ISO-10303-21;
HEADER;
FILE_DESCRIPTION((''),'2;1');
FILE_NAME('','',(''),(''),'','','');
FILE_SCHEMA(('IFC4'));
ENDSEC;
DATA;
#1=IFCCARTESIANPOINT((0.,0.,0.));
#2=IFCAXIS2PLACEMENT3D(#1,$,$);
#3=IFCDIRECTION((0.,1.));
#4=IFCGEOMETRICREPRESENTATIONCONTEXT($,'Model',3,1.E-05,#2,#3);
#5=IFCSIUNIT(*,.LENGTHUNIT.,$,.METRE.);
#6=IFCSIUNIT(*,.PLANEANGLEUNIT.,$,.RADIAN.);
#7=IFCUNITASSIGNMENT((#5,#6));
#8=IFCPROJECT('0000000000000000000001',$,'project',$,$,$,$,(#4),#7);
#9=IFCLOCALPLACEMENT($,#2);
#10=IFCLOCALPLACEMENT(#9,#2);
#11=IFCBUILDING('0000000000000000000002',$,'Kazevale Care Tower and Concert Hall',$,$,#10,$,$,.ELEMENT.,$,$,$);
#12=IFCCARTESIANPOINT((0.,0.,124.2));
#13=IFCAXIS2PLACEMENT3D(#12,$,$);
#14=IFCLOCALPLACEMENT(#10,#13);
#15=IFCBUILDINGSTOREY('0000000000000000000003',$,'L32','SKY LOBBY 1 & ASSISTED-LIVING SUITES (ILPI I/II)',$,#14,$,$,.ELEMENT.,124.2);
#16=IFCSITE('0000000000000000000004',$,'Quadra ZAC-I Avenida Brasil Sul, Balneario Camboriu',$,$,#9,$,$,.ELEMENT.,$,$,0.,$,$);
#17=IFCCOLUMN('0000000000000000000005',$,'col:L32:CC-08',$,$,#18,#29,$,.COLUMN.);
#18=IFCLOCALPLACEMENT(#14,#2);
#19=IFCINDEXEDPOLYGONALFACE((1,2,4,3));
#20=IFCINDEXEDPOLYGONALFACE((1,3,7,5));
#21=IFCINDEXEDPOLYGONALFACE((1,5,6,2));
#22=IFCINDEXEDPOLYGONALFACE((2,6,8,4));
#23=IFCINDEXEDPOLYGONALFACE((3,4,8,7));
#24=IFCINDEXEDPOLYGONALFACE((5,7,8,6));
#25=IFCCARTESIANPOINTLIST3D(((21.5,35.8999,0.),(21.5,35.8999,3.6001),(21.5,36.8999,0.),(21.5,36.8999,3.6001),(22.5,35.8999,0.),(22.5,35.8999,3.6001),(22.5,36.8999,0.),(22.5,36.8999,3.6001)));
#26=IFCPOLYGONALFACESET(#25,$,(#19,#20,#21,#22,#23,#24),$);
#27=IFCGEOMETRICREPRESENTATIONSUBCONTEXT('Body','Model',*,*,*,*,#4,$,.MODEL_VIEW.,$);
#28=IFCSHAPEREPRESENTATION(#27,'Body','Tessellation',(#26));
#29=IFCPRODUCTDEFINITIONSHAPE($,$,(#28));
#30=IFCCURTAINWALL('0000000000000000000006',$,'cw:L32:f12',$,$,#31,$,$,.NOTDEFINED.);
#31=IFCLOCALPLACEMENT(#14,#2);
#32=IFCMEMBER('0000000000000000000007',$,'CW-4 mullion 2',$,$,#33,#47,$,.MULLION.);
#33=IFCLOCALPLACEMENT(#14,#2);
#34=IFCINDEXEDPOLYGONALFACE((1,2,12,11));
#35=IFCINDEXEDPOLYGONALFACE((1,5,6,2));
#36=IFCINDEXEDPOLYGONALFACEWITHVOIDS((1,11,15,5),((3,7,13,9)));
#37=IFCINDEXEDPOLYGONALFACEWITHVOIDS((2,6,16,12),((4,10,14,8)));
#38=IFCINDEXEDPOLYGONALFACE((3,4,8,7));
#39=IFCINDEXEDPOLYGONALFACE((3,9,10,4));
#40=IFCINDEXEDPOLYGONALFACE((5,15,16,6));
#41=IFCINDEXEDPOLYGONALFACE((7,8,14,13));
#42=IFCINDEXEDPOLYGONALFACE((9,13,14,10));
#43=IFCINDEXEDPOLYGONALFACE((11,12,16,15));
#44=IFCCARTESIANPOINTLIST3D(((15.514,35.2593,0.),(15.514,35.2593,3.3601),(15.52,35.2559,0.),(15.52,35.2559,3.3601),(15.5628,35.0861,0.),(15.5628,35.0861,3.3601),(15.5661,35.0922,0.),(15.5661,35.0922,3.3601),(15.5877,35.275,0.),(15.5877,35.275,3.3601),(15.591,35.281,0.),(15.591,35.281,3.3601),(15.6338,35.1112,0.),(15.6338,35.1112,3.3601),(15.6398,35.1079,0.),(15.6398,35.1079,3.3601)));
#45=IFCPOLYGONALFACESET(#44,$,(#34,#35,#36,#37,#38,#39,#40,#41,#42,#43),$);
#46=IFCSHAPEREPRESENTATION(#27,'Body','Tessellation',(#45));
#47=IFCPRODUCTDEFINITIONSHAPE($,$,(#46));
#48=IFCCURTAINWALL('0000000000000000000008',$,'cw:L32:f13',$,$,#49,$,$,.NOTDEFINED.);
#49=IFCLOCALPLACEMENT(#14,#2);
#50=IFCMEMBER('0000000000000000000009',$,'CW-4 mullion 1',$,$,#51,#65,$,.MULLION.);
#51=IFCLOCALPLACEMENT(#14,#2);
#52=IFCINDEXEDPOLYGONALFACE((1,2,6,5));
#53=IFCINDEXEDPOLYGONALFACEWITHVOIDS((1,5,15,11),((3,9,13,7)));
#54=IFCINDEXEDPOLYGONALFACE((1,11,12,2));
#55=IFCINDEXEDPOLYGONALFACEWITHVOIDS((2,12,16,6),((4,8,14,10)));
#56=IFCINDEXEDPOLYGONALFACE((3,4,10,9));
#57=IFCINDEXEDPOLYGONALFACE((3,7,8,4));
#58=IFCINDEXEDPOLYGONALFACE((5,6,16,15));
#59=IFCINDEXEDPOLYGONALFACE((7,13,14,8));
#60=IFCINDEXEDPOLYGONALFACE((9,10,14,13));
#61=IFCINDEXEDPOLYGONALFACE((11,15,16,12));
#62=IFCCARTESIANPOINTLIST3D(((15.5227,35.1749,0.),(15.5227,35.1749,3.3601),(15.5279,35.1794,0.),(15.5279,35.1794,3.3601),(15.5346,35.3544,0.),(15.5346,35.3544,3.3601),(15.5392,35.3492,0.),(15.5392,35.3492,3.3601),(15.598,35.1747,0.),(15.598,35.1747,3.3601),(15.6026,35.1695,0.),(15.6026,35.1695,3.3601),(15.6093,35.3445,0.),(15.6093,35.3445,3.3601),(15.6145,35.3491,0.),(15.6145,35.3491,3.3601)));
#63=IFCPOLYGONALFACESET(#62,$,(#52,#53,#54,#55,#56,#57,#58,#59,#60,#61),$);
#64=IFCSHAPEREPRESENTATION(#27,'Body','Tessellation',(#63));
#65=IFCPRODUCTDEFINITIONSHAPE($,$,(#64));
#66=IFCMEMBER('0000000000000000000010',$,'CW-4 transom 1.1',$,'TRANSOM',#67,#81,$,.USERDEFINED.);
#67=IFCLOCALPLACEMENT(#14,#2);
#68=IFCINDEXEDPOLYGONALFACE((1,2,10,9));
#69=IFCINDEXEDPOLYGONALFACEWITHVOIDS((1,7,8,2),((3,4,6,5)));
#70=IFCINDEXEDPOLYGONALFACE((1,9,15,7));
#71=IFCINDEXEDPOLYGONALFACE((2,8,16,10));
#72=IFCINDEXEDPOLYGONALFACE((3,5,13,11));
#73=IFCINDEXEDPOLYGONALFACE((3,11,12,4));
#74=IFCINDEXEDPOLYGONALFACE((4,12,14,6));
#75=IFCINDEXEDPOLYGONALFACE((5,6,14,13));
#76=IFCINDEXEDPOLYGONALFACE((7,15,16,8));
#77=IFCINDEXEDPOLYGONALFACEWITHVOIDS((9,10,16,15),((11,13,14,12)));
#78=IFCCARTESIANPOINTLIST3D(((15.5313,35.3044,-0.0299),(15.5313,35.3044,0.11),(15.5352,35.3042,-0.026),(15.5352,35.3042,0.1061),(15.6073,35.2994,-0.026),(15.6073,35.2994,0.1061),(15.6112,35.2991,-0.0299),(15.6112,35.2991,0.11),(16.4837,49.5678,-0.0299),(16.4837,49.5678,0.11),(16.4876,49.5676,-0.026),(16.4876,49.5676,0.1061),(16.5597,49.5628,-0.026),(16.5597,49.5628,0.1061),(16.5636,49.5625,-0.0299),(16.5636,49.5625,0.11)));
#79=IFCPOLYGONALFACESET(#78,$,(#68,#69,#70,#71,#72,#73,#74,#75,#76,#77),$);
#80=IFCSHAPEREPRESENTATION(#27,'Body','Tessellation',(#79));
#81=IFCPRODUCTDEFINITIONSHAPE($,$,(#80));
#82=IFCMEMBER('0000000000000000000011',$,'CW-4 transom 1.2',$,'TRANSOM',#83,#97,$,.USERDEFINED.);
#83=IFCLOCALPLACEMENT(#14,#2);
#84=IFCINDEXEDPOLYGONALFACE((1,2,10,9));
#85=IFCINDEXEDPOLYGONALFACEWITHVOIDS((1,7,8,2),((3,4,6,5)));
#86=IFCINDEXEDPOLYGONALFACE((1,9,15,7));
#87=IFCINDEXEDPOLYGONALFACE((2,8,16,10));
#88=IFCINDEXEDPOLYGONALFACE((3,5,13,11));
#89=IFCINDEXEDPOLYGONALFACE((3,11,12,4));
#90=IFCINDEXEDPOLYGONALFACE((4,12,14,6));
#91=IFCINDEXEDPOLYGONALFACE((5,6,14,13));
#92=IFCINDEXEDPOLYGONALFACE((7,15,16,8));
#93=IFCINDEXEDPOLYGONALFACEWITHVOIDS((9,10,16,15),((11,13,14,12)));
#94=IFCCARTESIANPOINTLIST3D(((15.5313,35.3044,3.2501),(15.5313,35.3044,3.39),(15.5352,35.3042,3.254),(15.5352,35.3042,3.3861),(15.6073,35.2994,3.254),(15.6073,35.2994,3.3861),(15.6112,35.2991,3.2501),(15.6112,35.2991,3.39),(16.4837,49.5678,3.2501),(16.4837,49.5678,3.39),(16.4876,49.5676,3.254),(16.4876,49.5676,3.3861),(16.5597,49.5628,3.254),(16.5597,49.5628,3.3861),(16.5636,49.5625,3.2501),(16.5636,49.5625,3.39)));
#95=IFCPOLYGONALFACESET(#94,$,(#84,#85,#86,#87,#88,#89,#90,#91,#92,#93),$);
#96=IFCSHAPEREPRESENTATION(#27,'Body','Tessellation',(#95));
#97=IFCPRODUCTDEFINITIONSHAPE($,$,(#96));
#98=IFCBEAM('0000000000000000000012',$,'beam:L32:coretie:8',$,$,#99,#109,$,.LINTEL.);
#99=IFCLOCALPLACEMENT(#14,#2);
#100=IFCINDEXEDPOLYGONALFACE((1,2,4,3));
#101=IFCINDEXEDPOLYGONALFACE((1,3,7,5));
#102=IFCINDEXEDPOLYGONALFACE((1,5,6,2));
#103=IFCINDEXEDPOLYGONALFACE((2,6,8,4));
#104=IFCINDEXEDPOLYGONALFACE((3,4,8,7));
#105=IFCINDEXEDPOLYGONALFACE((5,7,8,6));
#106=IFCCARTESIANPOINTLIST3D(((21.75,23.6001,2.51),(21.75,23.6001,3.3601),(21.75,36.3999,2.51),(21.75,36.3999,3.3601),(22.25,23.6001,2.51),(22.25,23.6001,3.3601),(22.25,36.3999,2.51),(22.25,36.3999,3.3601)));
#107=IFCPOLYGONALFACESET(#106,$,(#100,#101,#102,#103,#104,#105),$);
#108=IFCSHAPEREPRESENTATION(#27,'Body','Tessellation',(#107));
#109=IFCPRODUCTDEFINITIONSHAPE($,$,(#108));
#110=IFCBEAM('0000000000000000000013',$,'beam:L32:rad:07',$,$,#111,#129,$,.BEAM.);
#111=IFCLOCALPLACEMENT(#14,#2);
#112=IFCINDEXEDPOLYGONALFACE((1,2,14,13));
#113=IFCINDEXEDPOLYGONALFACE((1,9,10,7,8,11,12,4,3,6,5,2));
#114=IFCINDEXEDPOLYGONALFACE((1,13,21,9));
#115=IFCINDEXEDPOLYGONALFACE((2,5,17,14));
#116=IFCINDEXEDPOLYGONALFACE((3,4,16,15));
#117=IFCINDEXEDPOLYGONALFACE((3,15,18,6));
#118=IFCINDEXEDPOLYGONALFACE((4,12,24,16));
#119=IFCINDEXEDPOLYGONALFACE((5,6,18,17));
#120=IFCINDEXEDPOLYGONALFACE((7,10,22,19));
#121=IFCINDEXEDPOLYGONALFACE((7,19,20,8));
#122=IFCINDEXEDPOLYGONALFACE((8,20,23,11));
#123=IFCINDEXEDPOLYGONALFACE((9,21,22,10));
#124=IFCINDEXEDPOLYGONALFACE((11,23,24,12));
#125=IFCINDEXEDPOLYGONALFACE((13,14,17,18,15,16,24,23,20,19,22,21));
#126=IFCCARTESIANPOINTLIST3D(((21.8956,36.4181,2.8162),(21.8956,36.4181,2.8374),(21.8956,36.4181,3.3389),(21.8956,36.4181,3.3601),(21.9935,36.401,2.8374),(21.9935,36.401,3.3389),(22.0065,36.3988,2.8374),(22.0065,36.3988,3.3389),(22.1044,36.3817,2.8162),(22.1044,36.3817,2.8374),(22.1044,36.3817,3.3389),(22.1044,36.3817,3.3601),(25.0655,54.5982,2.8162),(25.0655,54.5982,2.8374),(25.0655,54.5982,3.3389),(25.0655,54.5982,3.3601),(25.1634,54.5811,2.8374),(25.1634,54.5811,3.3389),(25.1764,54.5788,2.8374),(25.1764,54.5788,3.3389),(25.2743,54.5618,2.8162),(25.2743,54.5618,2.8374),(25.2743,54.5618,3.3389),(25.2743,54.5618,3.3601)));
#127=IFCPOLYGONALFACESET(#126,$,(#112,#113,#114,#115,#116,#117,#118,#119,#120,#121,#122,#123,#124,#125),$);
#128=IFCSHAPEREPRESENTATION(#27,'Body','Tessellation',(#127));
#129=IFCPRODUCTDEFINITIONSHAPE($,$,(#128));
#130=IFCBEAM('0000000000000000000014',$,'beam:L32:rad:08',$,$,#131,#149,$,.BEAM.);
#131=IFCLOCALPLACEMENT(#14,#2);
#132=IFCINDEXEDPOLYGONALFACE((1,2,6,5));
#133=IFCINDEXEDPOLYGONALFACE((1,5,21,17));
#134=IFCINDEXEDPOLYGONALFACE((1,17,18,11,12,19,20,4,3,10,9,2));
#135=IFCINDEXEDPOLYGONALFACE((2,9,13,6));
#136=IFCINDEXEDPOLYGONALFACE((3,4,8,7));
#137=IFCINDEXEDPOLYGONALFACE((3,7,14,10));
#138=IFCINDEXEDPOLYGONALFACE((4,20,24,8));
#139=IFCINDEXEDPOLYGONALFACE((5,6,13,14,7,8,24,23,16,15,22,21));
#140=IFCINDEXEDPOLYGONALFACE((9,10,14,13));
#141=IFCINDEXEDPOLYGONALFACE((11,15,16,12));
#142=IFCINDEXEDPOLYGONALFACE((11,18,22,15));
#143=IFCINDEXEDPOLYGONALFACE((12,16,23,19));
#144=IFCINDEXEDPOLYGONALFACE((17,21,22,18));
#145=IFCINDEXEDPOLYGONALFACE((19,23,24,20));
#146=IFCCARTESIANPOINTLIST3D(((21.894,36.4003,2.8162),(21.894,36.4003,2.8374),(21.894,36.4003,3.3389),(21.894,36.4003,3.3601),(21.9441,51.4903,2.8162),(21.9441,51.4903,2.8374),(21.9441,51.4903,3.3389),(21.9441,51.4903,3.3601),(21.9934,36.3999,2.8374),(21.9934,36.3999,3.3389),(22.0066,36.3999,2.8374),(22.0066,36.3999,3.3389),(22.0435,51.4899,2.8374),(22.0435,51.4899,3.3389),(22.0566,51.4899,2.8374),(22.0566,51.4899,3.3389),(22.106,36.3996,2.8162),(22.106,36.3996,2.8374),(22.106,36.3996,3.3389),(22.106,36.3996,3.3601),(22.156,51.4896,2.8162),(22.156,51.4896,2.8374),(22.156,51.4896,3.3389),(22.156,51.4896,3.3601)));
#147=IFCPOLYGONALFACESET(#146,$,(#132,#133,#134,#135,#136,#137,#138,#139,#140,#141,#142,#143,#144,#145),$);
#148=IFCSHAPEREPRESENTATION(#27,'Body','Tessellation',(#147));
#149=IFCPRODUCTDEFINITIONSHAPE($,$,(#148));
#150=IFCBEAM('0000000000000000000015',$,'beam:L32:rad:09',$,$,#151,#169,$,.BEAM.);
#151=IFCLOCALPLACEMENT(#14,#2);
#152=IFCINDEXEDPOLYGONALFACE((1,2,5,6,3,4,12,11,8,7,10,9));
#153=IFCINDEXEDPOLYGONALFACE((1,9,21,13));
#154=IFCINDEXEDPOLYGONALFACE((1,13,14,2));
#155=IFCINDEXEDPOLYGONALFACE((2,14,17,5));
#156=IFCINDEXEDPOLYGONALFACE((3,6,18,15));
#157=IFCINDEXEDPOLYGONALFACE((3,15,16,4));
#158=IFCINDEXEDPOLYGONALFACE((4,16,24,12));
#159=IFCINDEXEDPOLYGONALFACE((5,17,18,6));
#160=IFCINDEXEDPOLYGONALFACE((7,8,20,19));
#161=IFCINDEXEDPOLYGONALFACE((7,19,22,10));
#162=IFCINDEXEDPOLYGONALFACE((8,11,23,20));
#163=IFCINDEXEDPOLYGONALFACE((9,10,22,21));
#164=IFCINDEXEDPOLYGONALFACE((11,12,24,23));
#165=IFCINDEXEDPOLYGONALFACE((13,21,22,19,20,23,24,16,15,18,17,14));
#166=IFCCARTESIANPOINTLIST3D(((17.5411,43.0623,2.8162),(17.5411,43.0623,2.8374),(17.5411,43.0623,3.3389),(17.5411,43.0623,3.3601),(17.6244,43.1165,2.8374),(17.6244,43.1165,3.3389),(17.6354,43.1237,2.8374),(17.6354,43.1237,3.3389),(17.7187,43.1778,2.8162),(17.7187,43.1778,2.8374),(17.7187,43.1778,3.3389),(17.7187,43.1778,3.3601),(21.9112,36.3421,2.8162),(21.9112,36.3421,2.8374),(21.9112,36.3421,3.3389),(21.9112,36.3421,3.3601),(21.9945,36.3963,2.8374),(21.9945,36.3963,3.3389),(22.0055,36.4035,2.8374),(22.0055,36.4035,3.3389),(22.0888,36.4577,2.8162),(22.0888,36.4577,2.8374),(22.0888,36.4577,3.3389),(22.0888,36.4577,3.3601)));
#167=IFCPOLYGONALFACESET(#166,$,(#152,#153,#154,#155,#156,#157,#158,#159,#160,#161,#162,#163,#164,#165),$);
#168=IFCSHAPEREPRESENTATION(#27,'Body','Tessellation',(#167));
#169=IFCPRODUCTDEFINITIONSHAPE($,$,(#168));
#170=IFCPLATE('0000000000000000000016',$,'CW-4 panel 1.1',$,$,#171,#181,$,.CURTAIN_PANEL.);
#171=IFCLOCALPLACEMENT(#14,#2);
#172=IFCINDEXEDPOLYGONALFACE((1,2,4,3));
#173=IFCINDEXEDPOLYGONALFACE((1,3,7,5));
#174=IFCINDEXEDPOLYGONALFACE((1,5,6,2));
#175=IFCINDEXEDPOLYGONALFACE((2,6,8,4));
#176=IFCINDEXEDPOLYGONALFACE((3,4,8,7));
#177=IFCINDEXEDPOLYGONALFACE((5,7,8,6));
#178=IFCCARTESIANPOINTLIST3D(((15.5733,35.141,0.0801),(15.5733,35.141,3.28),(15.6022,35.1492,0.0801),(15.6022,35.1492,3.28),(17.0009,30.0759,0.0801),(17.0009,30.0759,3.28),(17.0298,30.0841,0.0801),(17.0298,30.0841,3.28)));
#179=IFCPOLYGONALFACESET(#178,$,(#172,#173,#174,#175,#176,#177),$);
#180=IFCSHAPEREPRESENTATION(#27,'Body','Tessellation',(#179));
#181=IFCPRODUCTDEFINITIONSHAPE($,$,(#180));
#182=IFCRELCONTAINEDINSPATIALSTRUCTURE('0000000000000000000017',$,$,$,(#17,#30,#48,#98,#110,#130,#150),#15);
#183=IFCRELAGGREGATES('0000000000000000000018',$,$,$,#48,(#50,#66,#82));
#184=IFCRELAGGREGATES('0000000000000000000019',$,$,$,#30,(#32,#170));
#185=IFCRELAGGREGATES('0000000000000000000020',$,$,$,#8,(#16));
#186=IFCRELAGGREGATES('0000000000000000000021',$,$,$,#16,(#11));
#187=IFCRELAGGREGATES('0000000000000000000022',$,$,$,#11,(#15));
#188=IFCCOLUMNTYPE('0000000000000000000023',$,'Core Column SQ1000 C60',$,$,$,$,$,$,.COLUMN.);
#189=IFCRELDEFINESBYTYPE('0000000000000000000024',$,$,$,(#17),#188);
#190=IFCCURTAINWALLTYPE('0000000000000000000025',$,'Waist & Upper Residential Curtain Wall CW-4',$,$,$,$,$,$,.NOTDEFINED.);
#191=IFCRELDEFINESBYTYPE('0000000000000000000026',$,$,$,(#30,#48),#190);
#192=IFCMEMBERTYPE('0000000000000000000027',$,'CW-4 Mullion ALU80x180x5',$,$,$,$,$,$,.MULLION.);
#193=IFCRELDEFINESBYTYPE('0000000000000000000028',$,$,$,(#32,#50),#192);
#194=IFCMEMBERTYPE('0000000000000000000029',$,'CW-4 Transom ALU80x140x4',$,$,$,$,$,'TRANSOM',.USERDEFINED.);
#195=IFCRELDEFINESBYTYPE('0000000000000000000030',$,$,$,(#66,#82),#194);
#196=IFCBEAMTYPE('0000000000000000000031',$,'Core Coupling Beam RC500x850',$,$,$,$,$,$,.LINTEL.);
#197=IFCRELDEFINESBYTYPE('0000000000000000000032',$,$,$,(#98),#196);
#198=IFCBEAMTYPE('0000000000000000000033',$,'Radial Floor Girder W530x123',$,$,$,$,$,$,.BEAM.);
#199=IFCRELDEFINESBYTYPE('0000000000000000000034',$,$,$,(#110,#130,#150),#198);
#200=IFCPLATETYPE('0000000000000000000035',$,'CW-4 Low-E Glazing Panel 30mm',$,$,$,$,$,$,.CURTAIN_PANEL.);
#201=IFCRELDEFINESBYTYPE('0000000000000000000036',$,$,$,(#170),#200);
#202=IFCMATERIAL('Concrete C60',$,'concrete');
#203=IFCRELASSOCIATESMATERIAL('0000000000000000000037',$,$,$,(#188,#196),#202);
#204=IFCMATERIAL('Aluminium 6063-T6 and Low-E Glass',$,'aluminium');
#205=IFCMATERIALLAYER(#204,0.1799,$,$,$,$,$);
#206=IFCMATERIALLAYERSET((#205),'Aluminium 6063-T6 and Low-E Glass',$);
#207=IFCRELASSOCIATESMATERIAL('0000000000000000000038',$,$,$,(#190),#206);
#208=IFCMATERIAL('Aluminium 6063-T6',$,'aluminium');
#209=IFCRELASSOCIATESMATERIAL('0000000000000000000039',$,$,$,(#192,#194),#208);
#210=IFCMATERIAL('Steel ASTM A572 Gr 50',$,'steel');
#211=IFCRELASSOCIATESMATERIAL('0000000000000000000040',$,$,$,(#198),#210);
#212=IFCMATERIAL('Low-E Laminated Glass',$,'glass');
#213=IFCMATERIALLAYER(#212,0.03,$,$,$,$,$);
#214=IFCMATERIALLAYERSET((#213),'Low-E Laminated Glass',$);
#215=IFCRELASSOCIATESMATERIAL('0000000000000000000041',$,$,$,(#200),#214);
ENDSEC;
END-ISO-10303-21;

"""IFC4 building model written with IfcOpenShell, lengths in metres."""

from ifc_helpers import new_model, si_unit, direction, frame, origin, origin_2d, place, context, subcontext, project, spatial, rectangle, hollow_rectangle, i_section, extrude, material, layer, layer_set, material_profile, profile_set, type_object, element, aggregate, save


model = new_model("IFC4")

# Units and contexts
model_context = context("Model", 3, precision=1e-05, world=origin(), true_north=direction((0.0, 1.0)))
body_context = subcontext(model_context, "Body", "Model", "MODEL_VIEW")
ifc_project = project(units=[si_unit("LENGTHUNIT", "METRE"), si_unit("PLANEANGLEUNIT", "RADIAN")], contexts=[model_context])

# Site, building, storey
site_placement = place(None, origin())
site = spatial("IfcSite", under=ifc_project, at=site_placement, Name="Quadra ZAC-I Avenida Brasil Sul, Balneario Camboriu", CompositionType="ELEMENT", RefElevation=0.0)
building_placement = place(site_placement, origin())
building = spatial("IfcBuilding", under=site, at=building_placement, Name="Kazevale Care Tower and Concert Hall", CompositionType="ELEMENT")
storey_placement = place(building_placement, frame((0.0, 0.0, 124.2)))
storey = spatial("IfcBuildingStorey", under=building, at=storey_placement, Name="L32", Description="SKY LOBBY 1 & ASSISTED-LIVING SUITES (ILPI I/II)", CompositionType="ELEMENT", Elevation=124.2)

# Column
ifc_material_1 = material(Name="Concrete C60", Category="concrete")
ifc_material_profile_1 = material_profile(ifc_material_1, rectangle(XDim=1.0, YDim=1.0, at=origin_2d()), Name="RC-SQ1000")
ifc_profile_set_1 = profile_set([ifc_material_profile_1], Name="Concrete C60")
column_type = type_object("IfcColumnType", Name="Core Column SQ1000 C60", PredefinedType="COLUMN", material=ifc_profile_set_1)
column_placement = place(storey_placement, frame((22.0, 36.3999, 0.0), z_axis=(0.0, 0.0, 1.0), x_axis=(1.0, 0.0, 0.0)))
element("IfcColumn", 1, at=column_placement, inside=storey, type_object=column_type, Name="col:L32:CC-08", PredefinedType="COLUMN", context=body_context, shape_type="SweptSolid", body=[
    extrude(rectangle(XDim=1.0, YDim=1.0, at=origin_2d()), origin(), (0.0, 0.0, 1.0), 3.6001),
])

# Curtain wall, member
ifc_material_2 = material(Name="Aluminium 6063-T6 and Low-E Glass", Category="aluminium")
ifc_layer_1 = layer(ifc_material_2, 0.1799)
ifc_layer_set_1 = layer_set([ifc_layer_1], Name="Aluminium 6063-T6 and Low-E Glass")
curtain_wall_type = type_object("IfcCurtainWallType", Name="Waist & Upper Residential Curtain Wall CW-4", PredefinedType="NOTDEFINED", material=ifc_layer_set_1)
curtain_wall_1_placement = place(storey_placement, origin())
curtain_wall_1 = element("IfcCurtainWall", 2, at=curtain_wall_1_placement, inside=storey, type_object=curtain_wall_type, Name="cw:L32:f12", PredefinedType="NOTDEFINED")
ifc_material_3 = material(Name="Aluminium 6063-T6", Category="aluminium")
ifc_material_profile_2 = material_profile(ifc_material_3, hollow_rectangle(XDim=0.0801, YDim=0.1799, WallThickness=0.0049, at=origin_2d()), Name="ALU80x180x5")
ifc_profile_set_2 = profile_set([ifc_material_profile_2], Name="Aluminium 6063-T6")
member_type_1 = type_object("IfcMemberType", Name="CW-4 Mullion ALU80x180x5", PredefinedType="MULLION", material=ifc_profile_set_2)
member_1_placement = place(storey_placement, frame((15.5769, 35.1836, 0.0), z_axis=(0.0, 0.0, 1.0), x_axis=(-0.962499, -0.271285, 0.0)))
member_1 = element("IfcMember", 3, at=member_1_placement, type_object=member_type_1, Name="CW-4 mullion 2", PredefinedType="MULLION", context=body_context, shape_type="SweptSolid", body=[
    extrude(hollow_rectangle(XDim=0.0801, YDim=0.1799, WallThickness=0.0049, at=origin_2d()), origin(), (0.0, 0.0, 1.0), 3.3601),
])

# Curtain wall, members
curtain_wall_2_placement = place(storey_placement, origin())
curtain_wall_2 = element("IfcCurtainWall", 4, at=curtain_wall_2_placement, inside=storey, type_object=curtain_wall_type, Name="cw:L32:f13", PredefinedType="NOTDEFINED")
member_2_placement = place(storey_placement, frame((15.5686, 35.262, 0.0), z_axis=(0.0, 0.0, 1.0), x_axis=(-0.997778, 0.06662, 0.0)))
member_2 = element("IfcMember", 5, at=member_2_placement, type_object=member_type_1, Name="CW-4 mullion 1", PredefinedType="MULLION", context=body_context, shape_type="SweptSolid", body=[
    extrude(hollow_rectangle(XDim=0.0801, YDim=0.1799, WallThickness=0.0049, at=origin_2d()), origin(), (0.0, 0.0, 1.0), 3.3601),
])
ifc_material_profile_3 = material_profile(ifc_material_3, hollow_rectangle(XDim=0.0801, YDim=0.1399, WallThickness=0.0039, at=origin_2d()), Name="ALU80x140x4")
ifc_profile_set_3 = profile_set([ifc_material_profile_3], Name="Aluminium 6063-T6")
member_type_2 = type_object("IfcMemberType", Name="CW-4 Transom ALU80x140x4", ElementType="TRANSOM", PredefinedType="USERDEFINED", material=ifc_profile_set_3)
member_3_placement = place(storey_placement, frame((15.5713, 35.3018, 0.04), z_axis=(0.066623, 0.997778, 0.0), x_axis=(-0.997778, 0.066623, 0.0)))
member_3 = element("IfcMember", 6, at=member_3_placement, type_object=member_type_2, Name="CW-4 transom 1.1", ObjectType="TRANSOM", PredefinedType="USERDEFINED", context=body_context, shape_type="SweptSolid", body=[
    extrude(hollow_rectangle(XDim=0.0801, YDim=0.1399, WallThickness=0.0039, at=origin_2d()), origin(), (0.0, 0.0, 1.0), 14.2952),
])
member_4_placement = place(storey_placement, frame((15.5713, 35.3018, 3.3201), z_axis=(0.066623, 0.997778, 0.0), x_axis=(-0.997778, 0.066623, 0.0)))
member_4 = element("IfcMember", 7, at=member_4_placement, type_object=member_type_2, Name="CW-4 transom 1.2", ObjectType="TRANSOM", PredefinedType="USERDEFINED", context=body_context, shape_type="SweptSolid", body=[
    extrude(hollow_rectangle(XDim=0.0801, YDim=0.1399, WallThickness=0.0039, at=origin_2d()), origin(), (0.0, 0.0, 1.0), 14.2952),
])
aggregate(curtain_wall_2, [member_2, member_3, member_4])

# Beams
ifc_material_profile_4 = material_profile(ifc_material_1, rectangle(XDim=0.5, YDim=0.8501, at=origin_2d()), Name="RC-B500x850")
ifc_profile_set_4 = profile_set([ifc_material_profile_4], Name="Concrete C60")
beam_type_1 = type_object("IfcBeamType", Name="Core Coupling Beam RC500x850", PredefinedType="LINTEL", material=ifc_profile_set_4)
beam_1_placement = place(storey_placement, frame((22.0, 36.3999, 2.9351), z_axis=(0.0, -1.0, 0.0), x_axis=(1.0, 0.0, 0.0)))
element("IfcBeam", 8, at=beam_1_placement, inside=storey, type_object=beam_type_1, Name="beam:L32:coretie:8", PredefinedType="LINTEL", context=body_context, shape_type="SweptSolid", body=[
    extrude(rectangle(XDim=0.5, YDim=0.8501, at=origin_2d()), origin(), (0.0, 0.0, 1.0), 12.7998),
])
ifc_material_4 = material(Name="Steel ASTM A572 Gr 50", Category="steel")
ifc_material_profile_5 = material_profile(ifc_material_4, i_section(OverallWidth=0.2119, OverallDepth=0.5439, WebThickness=0.0132, FlangeThickness=0.0212, at=origin_2d()), Name="W530x123")
ifc_profile_set_5 = profile_set([ifc_material_profile_5], Name="Steel ASTM A572 Gr 50")
beam_type_2 = type_object("IfcBeamType", Name="Radial Floor Girder W530x123", PredefinedType="BEAM", material=ifc_profile_set_5)
beam_2_placement = place(storey_placement, frame((22.0, 36.3999, 3.0881), z_axis=(0.17177, 0.985137, 0.0), x_axis=(-0.985137, 0.17177, 0.0)))
element("IfcBeam", 9, at=beam_2_placement, inside=storey, type_object=beam_type_2, Name="beam:L32:rad:07", PredefinedType="BEAM", context=body_context, shape_type="SweptSolid", body=[
    extrude(i_section(OverallWidth=0.2119, OverallDepth=0.5439, WebThickness=0.0132, FlangeThickness=0.0212, at=origin_2d()), origin(), (0.0, 0.0, 1.0), 18.4543),
])
beam_3_placement = place(storey_placement, frame((22.0, 36.3999, 3.0881), z_axis=(0.003317, 0.999994, 0.0), x_axis=(-0.999994, 0.003317, 0.0)))
element("IfcBeam", 10, at=beam_3_placement, inside=storey, type_object=beam_type_2, Name="beam:L32:rad:08", PredefinedType="BEAM", context=body_context, shape_type="SweptSolid", body=[
    extrude(i_section(OverallWidth=0.2119, OverallDepth=0.5439, WebThickness=0.0132, FlangeThickness=0.0212, at=origin_2d()), origin(), (0.0, 0.0, 1.0), 15.0901),
])
beam_4_placement = place(storey_placement, frame((22.0, 36.3999, 3.0881), z_axis=(-0.545162, 0.838331, 0.0), x_axis=(-0.838331, -0.545162, 0.0)))
element("IfcBeam", 11, at=beam_4_placement, inside=storey, type_object=beam_type_2, Name="beam:L32:rad:09", PredefinedType="BEAM", context=body_context, shape_type="SweptSolid", body=[
    extrude(i_section(OverallWidth=0.2119, OverallDepth=0.5439, WebThickness=0.0132, FlangeThickness=0.0212, at=origin_2d()), origin(), (0.0, 0.0, 1.0), 8.0161),
])

# Plate
ifc_material_5 = material(Name="Low-E Laminated Glass", Category="glass")
ifc_layer_2 = layer(ifc_material_5, 0.03)
ifc_layer_set_2 = layer_set([ifc_layer_2], Name="Low-E Laminated Glass")
plate_type = type_object("IfcPlateType", Name="CW-4 Low-E Glazing Panel 30mm", PredefinedType="CURTAIN_PANEL", material=ifc_layer_set_2)
plate_placement = place(storey_placement, frame((16.3015, 32.6125, 0.0801), z_axis=(0.0, 0.0, 1.0), x_axis=(-0.271285, 0.962499, 0.0)))
plate = element("IfcPlate", 12, at=plate_placement, type_object=plate_type, Name="CW-4 panel 1.1", PredefinedType="CURTAIN_PANEL", context=body_context, shape_type="SweptSolid", body=[
    extrude(rectangle(XDim=5.2625, YDim=0.03, at=origin_2d()), origin(), (0.0, 0.0, 1.0), 3.2),
])
aggregate(curtain_wall_1, [member_1, plate])

save(model, "model.ifc")
